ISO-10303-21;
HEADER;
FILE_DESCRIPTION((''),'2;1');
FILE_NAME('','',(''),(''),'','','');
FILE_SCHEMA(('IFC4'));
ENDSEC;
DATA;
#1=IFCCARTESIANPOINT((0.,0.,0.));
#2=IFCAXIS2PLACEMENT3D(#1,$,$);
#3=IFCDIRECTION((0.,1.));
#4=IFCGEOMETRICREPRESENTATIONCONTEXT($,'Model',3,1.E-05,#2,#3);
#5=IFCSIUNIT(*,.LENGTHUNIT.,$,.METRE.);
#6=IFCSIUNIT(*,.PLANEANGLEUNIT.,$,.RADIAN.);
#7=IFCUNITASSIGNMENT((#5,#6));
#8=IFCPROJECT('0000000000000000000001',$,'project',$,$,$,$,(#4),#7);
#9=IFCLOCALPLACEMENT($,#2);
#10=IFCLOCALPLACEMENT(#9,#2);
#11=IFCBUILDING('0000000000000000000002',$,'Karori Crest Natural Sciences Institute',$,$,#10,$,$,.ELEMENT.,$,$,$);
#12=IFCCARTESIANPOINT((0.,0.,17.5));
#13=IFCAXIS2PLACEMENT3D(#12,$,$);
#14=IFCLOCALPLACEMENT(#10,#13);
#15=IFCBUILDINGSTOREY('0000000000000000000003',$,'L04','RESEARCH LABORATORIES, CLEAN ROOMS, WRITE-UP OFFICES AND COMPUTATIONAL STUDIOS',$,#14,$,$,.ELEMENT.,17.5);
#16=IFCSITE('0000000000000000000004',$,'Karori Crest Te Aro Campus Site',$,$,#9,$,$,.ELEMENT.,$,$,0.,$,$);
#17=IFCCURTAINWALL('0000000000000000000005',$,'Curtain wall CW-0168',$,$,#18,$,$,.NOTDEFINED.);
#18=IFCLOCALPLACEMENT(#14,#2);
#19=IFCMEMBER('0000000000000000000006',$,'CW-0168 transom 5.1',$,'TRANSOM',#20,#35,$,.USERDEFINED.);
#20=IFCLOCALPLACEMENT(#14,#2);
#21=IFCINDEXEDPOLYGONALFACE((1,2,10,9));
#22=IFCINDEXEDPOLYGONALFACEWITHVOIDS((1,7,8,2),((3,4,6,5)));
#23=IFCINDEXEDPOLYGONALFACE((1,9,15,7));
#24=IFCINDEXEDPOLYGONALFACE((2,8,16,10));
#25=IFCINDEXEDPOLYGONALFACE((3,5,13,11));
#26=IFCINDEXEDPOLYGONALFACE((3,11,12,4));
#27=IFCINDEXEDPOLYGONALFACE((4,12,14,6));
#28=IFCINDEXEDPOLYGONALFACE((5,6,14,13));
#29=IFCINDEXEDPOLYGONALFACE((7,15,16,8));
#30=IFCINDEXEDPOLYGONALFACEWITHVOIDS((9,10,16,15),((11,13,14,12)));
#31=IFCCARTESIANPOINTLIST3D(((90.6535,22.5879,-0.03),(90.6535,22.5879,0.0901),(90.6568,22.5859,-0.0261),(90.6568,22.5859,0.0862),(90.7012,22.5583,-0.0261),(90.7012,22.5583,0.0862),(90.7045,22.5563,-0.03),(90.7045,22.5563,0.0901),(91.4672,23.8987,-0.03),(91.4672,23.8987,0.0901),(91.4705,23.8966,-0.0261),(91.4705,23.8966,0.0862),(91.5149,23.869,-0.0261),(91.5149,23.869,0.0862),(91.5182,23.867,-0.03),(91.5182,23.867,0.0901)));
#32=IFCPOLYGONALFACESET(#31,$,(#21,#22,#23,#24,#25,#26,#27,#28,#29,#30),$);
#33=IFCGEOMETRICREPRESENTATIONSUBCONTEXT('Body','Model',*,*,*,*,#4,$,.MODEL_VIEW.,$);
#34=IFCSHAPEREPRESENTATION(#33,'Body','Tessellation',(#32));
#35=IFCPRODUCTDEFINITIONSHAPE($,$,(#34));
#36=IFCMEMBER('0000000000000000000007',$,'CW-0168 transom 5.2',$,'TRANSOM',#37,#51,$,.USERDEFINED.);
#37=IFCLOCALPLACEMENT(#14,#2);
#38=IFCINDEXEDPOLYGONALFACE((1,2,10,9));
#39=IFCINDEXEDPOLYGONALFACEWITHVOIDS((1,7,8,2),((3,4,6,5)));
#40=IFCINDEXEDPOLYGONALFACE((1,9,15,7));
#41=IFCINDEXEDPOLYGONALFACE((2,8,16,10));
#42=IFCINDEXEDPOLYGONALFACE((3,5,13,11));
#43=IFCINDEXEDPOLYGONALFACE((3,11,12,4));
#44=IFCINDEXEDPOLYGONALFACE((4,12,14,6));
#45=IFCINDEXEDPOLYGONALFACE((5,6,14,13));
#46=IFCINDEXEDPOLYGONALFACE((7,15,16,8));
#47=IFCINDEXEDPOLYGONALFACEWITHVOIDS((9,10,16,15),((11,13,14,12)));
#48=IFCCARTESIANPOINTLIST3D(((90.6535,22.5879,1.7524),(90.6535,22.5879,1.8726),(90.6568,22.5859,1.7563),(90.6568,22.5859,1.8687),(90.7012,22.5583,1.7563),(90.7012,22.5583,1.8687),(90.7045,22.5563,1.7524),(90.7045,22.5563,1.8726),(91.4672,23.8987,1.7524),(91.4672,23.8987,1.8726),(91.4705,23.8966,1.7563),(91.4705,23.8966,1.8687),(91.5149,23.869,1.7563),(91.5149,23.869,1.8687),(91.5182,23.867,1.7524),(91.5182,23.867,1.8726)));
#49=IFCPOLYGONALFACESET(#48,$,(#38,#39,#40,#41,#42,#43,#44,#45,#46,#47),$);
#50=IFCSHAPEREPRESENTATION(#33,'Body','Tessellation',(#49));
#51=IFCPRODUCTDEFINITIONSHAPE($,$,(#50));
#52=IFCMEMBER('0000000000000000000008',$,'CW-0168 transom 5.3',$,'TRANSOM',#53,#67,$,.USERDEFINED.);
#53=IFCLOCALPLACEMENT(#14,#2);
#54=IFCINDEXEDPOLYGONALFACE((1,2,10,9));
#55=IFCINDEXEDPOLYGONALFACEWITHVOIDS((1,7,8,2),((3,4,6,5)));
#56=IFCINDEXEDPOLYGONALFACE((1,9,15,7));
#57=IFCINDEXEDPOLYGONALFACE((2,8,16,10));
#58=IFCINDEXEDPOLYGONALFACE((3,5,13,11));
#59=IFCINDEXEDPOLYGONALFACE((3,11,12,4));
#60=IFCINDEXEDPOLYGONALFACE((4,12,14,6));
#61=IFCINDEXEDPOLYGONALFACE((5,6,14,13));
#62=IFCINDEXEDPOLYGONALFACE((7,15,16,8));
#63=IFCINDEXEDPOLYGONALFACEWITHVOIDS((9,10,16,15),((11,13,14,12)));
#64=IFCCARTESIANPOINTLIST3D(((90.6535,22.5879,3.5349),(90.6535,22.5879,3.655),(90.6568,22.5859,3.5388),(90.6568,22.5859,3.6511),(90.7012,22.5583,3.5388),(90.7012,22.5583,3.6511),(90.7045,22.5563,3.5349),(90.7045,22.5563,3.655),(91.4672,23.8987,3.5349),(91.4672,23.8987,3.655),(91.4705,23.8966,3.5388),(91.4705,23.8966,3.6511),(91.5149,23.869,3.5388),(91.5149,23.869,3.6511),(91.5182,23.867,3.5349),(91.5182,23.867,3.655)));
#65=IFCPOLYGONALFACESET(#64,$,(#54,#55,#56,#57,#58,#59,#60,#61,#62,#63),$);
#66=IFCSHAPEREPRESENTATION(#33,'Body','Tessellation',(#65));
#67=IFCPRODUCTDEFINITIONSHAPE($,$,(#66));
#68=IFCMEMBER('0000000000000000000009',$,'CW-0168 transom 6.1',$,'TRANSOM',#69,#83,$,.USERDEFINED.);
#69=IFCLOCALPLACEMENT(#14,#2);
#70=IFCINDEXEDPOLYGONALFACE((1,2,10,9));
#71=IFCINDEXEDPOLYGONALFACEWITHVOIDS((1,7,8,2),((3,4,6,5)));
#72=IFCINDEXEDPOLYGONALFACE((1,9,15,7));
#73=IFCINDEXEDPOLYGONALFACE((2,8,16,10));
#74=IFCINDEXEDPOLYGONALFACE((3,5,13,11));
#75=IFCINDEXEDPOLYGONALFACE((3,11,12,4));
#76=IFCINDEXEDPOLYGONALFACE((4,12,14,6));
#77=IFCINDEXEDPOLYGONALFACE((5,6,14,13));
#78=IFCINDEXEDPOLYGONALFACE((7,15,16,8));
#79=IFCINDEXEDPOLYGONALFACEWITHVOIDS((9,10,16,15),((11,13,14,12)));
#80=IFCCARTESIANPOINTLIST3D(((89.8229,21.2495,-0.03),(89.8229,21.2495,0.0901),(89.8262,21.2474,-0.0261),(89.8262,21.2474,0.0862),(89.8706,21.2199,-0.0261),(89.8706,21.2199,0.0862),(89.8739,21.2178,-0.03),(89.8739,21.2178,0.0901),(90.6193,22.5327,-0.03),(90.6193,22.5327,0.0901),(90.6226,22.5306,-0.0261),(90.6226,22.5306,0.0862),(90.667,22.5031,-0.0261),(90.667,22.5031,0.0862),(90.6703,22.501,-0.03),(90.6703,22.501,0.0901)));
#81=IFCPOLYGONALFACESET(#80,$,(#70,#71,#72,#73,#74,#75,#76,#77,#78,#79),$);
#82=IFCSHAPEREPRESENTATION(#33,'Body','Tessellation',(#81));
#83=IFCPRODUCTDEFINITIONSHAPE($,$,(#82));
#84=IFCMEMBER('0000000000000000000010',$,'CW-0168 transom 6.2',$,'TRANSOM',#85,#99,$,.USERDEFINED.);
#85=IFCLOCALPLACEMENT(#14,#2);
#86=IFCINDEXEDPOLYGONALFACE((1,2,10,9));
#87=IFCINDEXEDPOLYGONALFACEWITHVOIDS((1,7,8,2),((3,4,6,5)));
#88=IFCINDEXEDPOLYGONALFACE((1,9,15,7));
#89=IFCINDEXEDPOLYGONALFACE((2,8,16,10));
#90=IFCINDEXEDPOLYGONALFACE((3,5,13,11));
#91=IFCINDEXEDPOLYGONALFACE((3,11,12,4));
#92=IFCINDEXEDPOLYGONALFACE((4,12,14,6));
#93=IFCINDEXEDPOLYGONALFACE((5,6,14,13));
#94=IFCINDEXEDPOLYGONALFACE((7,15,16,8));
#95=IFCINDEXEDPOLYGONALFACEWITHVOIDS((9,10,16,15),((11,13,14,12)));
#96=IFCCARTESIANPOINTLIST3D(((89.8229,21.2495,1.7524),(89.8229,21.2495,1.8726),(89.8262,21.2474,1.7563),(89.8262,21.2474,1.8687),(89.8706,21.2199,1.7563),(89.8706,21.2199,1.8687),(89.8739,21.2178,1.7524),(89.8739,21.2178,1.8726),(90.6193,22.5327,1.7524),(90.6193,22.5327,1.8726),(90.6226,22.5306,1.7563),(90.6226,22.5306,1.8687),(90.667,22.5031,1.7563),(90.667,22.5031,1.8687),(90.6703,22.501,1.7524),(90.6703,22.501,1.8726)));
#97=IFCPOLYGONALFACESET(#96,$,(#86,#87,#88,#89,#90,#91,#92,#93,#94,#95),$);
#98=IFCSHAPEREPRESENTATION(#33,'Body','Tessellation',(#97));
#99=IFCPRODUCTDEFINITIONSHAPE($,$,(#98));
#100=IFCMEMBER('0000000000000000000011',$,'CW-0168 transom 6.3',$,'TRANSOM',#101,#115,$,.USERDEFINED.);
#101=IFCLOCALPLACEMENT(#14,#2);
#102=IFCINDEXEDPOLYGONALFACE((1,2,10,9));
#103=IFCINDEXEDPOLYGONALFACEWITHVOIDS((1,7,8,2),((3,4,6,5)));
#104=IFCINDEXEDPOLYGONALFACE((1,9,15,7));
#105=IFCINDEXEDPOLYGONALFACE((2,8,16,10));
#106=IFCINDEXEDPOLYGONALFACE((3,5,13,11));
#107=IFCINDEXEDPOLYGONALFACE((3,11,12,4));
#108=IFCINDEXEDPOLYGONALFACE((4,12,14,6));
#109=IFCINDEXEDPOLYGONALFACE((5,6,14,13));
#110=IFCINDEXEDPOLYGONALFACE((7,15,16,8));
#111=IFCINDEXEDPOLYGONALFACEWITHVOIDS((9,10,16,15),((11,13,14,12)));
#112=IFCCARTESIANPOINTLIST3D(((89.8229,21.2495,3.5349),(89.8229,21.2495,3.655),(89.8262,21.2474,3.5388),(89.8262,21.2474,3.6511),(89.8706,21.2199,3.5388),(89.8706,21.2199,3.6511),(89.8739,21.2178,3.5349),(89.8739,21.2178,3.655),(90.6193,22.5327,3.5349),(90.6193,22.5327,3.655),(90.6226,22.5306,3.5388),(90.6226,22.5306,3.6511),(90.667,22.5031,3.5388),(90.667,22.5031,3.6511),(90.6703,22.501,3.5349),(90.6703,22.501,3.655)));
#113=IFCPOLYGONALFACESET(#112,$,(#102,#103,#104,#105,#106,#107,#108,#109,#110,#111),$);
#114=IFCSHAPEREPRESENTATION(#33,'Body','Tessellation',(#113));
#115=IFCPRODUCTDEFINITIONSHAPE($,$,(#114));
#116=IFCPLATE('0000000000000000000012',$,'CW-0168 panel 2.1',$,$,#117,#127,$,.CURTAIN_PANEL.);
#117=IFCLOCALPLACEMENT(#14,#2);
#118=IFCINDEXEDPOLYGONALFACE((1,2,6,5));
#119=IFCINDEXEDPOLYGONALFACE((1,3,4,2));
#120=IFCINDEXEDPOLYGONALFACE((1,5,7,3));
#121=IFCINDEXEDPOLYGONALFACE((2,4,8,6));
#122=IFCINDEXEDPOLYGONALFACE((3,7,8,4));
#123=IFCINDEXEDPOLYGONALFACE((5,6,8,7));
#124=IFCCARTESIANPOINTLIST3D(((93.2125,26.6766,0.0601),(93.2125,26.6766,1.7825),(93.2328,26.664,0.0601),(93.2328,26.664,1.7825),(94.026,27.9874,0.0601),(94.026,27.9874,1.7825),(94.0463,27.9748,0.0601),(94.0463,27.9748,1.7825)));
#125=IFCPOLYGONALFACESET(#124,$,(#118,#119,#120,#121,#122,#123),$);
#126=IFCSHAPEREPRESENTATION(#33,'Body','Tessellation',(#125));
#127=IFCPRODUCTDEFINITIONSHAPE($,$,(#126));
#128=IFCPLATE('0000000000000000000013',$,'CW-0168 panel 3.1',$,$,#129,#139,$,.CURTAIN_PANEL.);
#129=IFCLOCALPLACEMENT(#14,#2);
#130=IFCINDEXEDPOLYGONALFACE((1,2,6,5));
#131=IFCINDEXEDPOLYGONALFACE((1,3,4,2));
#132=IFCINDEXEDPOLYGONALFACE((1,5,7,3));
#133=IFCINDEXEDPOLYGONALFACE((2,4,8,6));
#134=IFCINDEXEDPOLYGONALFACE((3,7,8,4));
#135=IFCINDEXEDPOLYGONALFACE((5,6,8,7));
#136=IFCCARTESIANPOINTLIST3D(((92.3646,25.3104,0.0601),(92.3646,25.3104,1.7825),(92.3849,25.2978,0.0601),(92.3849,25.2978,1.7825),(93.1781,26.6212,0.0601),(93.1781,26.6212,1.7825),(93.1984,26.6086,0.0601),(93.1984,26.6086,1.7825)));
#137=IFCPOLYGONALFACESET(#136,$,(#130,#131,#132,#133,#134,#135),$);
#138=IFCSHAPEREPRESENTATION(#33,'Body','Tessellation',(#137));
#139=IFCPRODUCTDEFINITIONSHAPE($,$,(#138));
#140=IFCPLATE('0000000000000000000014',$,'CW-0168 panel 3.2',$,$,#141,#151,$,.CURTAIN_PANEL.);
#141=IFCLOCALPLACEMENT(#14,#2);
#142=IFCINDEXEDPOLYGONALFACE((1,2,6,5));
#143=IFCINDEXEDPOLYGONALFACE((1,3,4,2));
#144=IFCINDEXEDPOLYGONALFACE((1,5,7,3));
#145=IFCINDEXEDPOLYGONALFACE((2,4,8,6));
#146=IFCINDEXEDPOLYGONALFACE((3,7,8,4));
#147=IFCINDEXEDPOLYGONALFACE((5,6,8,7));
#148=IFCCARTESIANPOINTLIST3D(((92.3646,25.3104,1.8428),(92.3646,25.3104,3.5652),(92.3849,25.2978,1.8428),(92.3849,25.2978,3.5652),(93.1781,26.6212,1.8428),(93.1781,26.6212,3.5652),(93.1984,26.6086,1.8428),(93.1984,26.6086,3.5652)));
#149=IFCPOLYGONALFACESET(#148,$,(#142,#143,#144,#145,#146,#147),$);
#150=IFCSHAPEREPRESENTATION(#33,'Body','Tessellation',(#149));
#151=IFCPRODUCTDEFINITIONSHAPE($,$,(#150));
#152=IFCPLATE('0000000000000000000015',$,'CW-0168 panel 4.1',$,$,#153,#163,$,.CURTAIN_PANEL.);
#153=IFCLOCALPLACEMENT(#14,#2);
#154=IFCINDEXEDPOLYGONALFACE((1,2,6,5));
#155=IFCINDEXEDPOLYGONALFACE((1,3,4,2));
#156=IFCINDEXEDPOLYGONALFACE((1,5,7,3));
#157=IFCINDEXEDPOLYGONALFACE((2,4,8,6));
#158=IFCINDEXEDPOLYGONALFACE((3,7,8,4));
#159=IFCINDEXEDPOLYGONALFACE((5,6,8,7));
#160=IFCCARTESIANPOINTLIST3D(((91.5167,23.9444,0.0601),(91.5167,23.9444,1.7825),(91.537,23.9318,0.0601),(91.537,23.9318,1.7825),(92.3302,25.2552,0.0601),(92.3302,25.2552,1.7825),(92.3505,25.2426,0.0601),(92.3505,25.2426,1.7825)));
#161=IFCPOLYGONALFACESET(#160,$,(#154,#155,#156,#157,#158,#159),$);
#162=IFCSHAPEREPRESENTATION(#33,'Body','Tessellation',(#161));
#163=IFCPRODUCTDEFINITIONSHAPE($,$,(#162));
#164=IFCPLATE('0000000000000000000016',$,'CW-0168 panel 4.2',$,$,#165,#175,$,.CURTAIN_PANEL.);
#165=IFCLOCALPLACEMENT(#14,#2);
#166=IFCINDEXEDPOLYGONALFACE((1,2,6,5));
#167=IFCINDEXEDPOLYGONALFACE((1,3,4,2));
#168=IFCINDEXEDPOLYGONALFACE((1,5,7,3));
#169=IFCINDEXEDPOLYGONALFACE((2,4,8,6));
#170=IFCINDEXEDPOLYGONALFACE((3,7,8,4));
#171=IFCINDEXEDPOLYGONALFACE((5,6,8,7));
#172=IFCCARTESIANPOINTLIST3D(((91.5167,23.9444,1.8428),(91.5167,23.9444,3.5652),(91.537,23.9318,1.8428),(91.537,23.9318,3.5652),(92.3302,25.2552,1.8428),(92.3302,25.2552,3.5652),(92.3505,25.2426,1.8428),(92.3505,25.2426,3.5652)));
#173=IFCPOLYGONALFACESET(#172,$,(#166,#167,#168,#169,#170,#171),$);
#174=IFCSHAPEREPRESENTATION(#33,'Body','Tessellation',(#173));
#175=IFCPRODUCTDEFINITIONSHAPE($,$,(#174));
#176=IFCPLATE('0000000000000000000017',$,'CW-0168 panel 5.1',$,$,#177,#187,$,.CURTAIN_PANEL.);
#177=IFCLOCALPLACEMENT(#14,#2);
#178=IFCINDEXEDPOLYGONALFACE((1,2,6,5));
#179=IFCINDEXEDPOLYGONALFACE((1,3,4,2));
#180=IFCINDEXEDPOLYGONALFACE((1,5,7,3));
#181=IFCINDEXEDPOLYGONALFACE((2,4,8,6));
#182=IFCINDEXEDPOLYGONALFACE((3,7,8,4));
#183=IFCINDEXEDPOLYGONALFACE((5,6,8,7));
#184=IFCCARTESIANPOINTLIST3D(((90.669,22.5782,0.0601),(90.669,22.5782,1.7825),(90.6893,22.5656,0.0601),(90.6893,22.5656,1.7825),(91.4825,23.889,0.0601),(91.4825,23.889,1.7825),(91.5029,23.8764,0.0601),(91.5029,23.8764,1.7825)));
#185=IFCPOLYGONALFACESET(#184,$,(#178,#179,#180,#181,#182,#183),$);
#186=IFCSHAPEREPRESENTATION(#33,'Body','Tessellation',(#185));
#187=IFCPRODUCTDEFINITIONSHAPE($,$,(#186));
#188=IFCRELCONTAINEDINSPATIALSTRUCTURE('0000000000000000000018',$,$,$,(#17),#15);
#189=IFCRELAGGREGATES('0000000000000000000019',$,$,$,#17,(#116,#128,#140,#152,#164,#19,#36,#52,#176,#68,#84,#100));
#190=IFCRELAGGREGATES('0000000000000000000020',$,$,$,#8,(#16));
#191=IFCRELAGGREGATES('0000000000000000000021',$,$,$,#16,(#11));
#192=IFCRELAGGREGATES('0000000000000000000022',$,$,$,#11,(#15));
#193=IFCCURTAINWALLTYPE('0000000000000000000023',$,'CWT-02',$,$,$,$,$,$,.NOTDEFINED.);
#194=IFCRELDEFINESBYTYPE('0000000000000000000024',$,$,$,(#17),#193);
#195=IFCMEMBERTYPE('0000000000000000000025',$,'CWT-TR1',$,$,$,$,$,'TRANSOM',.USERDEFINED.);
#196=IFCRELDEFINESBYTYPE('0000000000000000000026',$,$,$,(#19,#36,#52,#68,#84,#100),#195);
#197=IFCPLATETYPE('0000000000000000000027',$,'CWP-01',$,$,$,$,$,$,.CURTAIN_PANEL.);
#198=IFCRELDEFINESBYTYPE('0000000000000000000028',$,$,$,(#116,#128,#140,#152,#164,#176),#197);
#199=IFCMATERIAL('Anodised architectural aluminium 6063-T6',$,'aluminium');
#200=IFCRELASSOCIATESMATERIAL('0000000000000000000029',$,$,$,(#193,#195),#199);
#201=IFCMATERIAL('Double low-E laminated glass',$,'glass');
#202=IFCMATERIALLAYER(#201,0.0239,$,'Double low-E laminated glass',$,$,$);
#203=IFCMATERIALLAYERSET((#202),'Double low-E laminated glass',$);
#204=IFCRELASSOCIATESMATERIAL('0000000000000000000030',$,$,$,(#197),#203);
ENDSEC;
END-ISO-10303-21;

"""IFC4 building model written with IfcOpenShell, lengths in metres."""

from ifc_helpers import new_model, si_unit, direction, frame, origin, origin_2d, place, context, subcontext, project, spatial, rectangle, hollow_rectangle, extrude, material, layer, layer_set, material_profile, profile_set, type_object, element, aggregate, save


model = new_model("IFC4")

# Units and contexts
model_context = context("Model", 3, precision=1e-05, world=origin(), true_north=direction((0.0, 1.0)))
body_context = subcontext(model_context, "Body", "Model", "MODEL_VIEW")
ifc_project = project(units=[si_unit("LENGTHUNIT", "METRE"), si_unit("PLANEANGLEUNIT", "RADIAN")], contexts=[model_context])

# Site, building, storey
site_placement = place(None, origin())
site = spatial("IfcSite", under=ifc_project, at=site_placement, Name="Karori Crest Te Aro Campus Site", CompositionType="ELEMENT", RefElevation=0.0)
building_placement = place(site_placement, origin())
building = spatial("IfcBuilding", under=site, at=building_placement, Name="Karori Crest Natural Sciences Institute", CompositionType="ELEMENT")
storey_placement = place(building_placement, frame((0.0, 0.0, 17.5)))
storey = spatial("IfcBuildingStorey", under=building, at=storey_placement, Name="L04", Description="RESEARCH LABORATORIES, CLEAN ROOMS, WRITE-UP OFFICES AND COMPUTATIONAL STUDIOS", CompositionType="ELEMENT", Elevation=17.5)

# Curtain wall, members, plates
ifc_material_1 = material(Name="Anodised architectural aluminium 6063-T6", Category="aluminium")
curtain_wall_type = type_object("IfcCurtainWallType", Name="CWT-02", PredefinedType="NOTDEFINED", material=ifc_material_1)
curtain_wall_placement = place(storey_placement, origin())
curtain_wall = element("IfcCurtainWall", 1, at=curtain_wall_placement, inside=storey, type_object=curtain_wall_type, Name="Curtain wall CW-0168", PredefinedType="NOTDEFINED")
ifc_material_profile_1 = material_profile(ifc_material_1, hollow_rectangle(XDim=0.0601, YDim=0.1201, WallThickness=0.0039, at=origin_2d()), Name="CWT120x60x4")
ifc_profile_set_1 = profile_set([ifc_material_profile_1], Name="Anodised architectural aluminium 6063-T6")
member_type_1 = type_object("IfcMemberType", Name="CWT-TR1", ElementType="TRANSOM", PredefinedType="USERDEFINED", material=ifc_profile_set_1)
member_1_placement = place(storey_placement, frame((91.4927, 23.8828, 0.03), z_axis=(-0.527422, -0.849603, 0.0), x_axis=(0.849603, -0.527422, 0.0)))
member_1 = element("IfcMember", 2, at=member_1_placement, type_object=member_type_1, Name="CW-0168 transom 5.1", ObjectType="TRANSOM", PredefinedType="USERDEFINED", context=body_context, shape_type="SweptSolid", body=[
    extrude(hollow_rectangle(XDim=0.0601, YDim=0.1201, WallThickness=0.0039, at=origin_2d()), origin(), (0.0, 0.0, 1.0), 1.5427),
])
member_2_placement = place(storey_placement, frame((91.4927, 23.8828, 1.8125), z_axis=(-0.527422, -0.849603, 0.0), x_axis=(0.849603, -0.527422, 0.0)))
member_2 = element("IfcMember", 3, at=member_2_placement, type_object=member_type_1, Name="CW-0168 transom 5.2", ObjectType="TRANSOM", PredefinedType="USERDEFINED", context=body_context, shape_type="SweptSolid", body=[
    extrude(hollow_rectangle(XDim=0.0601, YDim=0.1201, WallThickness=0.0039, at=origin_2d()), origin(), (0.0, 0.0, 1.0), 1.5427),
])
member_3_placement = place(storey_placement, frame((91.4927, 23.8828, 3.595), z_axis=(-0.527422, -0.849603, 0.0), x_axis=(0.849603, -0.527422, 0.0)))
member_3 = element("IfcMember", 4, at=member_3_placement, type_object=member_type_1, Name="CW-0168 transom 5.3", ObjectType="TRANSOM", PredefinedType="USERDEFINED", context=body_context, shape_type="SweptSolid", body=[
    extrude(hollow_rectangle(XDim=0.0601, YDim=0.1201, WallThickness=0.0039, at=origin_2d()), origin(), (0.0, 0.0, 1.0), 1.5427),
])
member_4_placement = place(storey_placement, frame((90.6448, 22.5168, 0.03), z_axis=(-0.527323, -0.849665, 0.0), x_axis=(0.849665, -0.527323, 0.0)))
member_4 = element("IfcMember", 5, at=member_4_placement, type_object=member_type_1, Name="CW-0168 transom 6.1", ObjectType="TRANSOM", PredefinedType="USERDEFINED", context=body_context, shape_type="SweptSolid", body=[
    extrude(hollow_rectangle(XDim=0.0601, YDim=0.1201, WallThickness=0.0039, at=origin_2d()), origin(), (0.0, 0.0, 1.0), 1.5103),
])
member_5_placement = place(storey_placement, frame((90.6448, 22.5168, 1.8125), z_axis=(-0.527323, -0.849665, 0.0), x_axis=(0.849665, -0.527323, 0.0)))
member_5 = element("IfcMember", 6, at=member_5_placement, type_object=member_type_1, Name="CW-0168 transom 6.2", ObjectType="TRANSOM", PredefinedType="USERDEFINED", context=body_context, shape_type="SweptSolid", body=[
    extrude(hollow_rectangle(XDim=0.0601, YDim=0.1201, WallThickness=0.0039, at=origin_2d()), origin(), (0.0, 0.0, 1.0), 1.5103),
])
member_6_placement = place(storey_placement, frame((90.6448, 22.5168, 3.595), z_axis=(-0.527323, -0.849665, 0.0), x_axis=(0.849665, -0.527323, 0.0)))
member_6 = element("IfcMember", 7, at=member_6_placement, type_object=member_type_1, Name="CW-0168 transom 6.3", ObjectType="TRANSOM", PredefinedType="USERDEFINED", context=body_context, shape_type="SweptSolid", body=[
    extrude(hollow_rectangle(XDim=0.0601, YDim=0.1201, WallThickness=0.0039, at=origin_2d()), origin(), (0.0, 0.0, 1.0), 1.5103),
])
ifc_material_2 = material(Name="Double low-E laminated glass", Category="glass")
ifc_layer_1 = layer(ifc_material_2, 0.0239, Name="Double low-E laminated glass")
ifc_layer_set_1 = layer_set([ifc_layer_1], Name="Double low-E laminated glass")
plate_type = type_object("IfcPlateType", Name="CWP-01", PredefinedType="CURTAIN_PANEL", material=ifc_layer_set_1)
plate_1_placement = place(storey_placement, frame((93.6294, 27.3257, 0.0601), z_axis=(0.0, 0.0, 1.0), x_axis=(-0.527324, -0.849664, 0.0)))
plate_1 = element("IfcPlate", 8, at=plate_1_placement, type_object=plate_type, Name="CW-0168 panel 2.1", PredefinedType="CURTAIN_PANEL", context=body_context, shape_type="SweptSolid", body=[
    extrude(rectangle(XDim=1.5427, YDim=0.0239, at=origin_2d()), origin(), (0.0, 0.0, 1.0), 1.7224),
])
plate_2_placement = place(storey_placement, frame((92.7815, 25.9595, 0.0601), z_axis=(0.0, 0.0, 1.0), x_axis=(-0.527324, -0.849664, 0.0)))
plate_2 = element("IfcPlate", 9, at=plate_2_placement, type_object=plate_type, Name="CW-0168 panel 3.1", PredefinedType="CURTAIN_PANEL", context=body_context, shape_type="SweptSolid", body=[
    extrude(rectangle(XDim=1.5427, YDim=0.0239, at=origin_2d()), origin(), (0.0, 0.0, 1.0), 1.7224),
])
plate_3_placement = place(storey_placement, frame((92.7815, 25.9595, 1.8428), z_axis=(0.0, 0.0, 1.0), x_axis=(-0.527324, -0.849664, 0.0)))
plate_3 = element("IfcPlate", 10, at=plate_3_placement, type_object=plate_type, Name="CW-0168 panel 3.2", PredefinedType="CURTAIN_PANEL", context=body_context, shape_type="SweptSolid", body=[
    extrude(rectangle(XDim=1.5427, YDim=0.0239, at=origin_2d()), origin(), (0.0, 0.0, 1.0), 1.7224),
])
plate_4_placement = place(storey_placement, frame((91.9336, 24.5935, 0.0601), z_axis=(0.0, 0.0, 1.0), x_axis=(-0.527324, -0.849664, 0.0)))
plate_4 = element("IfcPlate", 11, at=plate_4_placement, type_object=plate_type, Name="CW-0168 panel 4.1", PredefinedType="CURTAIN_PANEL", context=body_context, shape_type="SweptSolid", body=[
    extrude(rectangle(XDim=1.5427, YDim=0.0239, at=origin_2d()), origin(), (0.0, 0.0, 1.0), 1.7224),
])
plate_5_placement = place(storey_placement, frame((91.9336, 24.5935, 1.8428), z_axis=(0.0, 0.0, 1.0), x_axis=(-0.527324, -0.849664, 0.0)))
plate_5 = element("IfcPlate", 12, at=plate_5_placement, type_object=plate_type, Name="CW-0168 panel 4.2", PredefinedType="CURTAIN_PANEL", context=body_context, shape_type="SweptSolid", body=[
    extrude(rectangle(XDim=1.5427, YDim=0.0239, at=origin_2d()), origin(), (0.0, 0.0, 1.0), 1.7224),
])
plate_6_placement = place(storey_placement, frame((91.0859, 23.2273, 0.0601), z_axis=(0.0, 0.0, 1.0), x_axis=(-0.527324, -0.849664, 0.0)))
plate_6 = element("IfcPlate", 13, at=plate_6_placement, type_object=plate_type, Name="CW-0168 panel 5.1", PredefinedType="CURTAIN_PANEL", context=body_context, shape_type="SweptSolid", body=[
    extrude(rectangle(XDim=1.5427, YDim=0.0239, at=origin_2d()), origin(), (0.0, 0.0, 1.0), 1.7224),
])
aggregate(curtain_wall, [plate_1, plate_2, plate_3, plate_4, plate_5, member_1, member_2, member_3, plate_6, member_4, member_5, member_6])

save(model, "model.ifc")
